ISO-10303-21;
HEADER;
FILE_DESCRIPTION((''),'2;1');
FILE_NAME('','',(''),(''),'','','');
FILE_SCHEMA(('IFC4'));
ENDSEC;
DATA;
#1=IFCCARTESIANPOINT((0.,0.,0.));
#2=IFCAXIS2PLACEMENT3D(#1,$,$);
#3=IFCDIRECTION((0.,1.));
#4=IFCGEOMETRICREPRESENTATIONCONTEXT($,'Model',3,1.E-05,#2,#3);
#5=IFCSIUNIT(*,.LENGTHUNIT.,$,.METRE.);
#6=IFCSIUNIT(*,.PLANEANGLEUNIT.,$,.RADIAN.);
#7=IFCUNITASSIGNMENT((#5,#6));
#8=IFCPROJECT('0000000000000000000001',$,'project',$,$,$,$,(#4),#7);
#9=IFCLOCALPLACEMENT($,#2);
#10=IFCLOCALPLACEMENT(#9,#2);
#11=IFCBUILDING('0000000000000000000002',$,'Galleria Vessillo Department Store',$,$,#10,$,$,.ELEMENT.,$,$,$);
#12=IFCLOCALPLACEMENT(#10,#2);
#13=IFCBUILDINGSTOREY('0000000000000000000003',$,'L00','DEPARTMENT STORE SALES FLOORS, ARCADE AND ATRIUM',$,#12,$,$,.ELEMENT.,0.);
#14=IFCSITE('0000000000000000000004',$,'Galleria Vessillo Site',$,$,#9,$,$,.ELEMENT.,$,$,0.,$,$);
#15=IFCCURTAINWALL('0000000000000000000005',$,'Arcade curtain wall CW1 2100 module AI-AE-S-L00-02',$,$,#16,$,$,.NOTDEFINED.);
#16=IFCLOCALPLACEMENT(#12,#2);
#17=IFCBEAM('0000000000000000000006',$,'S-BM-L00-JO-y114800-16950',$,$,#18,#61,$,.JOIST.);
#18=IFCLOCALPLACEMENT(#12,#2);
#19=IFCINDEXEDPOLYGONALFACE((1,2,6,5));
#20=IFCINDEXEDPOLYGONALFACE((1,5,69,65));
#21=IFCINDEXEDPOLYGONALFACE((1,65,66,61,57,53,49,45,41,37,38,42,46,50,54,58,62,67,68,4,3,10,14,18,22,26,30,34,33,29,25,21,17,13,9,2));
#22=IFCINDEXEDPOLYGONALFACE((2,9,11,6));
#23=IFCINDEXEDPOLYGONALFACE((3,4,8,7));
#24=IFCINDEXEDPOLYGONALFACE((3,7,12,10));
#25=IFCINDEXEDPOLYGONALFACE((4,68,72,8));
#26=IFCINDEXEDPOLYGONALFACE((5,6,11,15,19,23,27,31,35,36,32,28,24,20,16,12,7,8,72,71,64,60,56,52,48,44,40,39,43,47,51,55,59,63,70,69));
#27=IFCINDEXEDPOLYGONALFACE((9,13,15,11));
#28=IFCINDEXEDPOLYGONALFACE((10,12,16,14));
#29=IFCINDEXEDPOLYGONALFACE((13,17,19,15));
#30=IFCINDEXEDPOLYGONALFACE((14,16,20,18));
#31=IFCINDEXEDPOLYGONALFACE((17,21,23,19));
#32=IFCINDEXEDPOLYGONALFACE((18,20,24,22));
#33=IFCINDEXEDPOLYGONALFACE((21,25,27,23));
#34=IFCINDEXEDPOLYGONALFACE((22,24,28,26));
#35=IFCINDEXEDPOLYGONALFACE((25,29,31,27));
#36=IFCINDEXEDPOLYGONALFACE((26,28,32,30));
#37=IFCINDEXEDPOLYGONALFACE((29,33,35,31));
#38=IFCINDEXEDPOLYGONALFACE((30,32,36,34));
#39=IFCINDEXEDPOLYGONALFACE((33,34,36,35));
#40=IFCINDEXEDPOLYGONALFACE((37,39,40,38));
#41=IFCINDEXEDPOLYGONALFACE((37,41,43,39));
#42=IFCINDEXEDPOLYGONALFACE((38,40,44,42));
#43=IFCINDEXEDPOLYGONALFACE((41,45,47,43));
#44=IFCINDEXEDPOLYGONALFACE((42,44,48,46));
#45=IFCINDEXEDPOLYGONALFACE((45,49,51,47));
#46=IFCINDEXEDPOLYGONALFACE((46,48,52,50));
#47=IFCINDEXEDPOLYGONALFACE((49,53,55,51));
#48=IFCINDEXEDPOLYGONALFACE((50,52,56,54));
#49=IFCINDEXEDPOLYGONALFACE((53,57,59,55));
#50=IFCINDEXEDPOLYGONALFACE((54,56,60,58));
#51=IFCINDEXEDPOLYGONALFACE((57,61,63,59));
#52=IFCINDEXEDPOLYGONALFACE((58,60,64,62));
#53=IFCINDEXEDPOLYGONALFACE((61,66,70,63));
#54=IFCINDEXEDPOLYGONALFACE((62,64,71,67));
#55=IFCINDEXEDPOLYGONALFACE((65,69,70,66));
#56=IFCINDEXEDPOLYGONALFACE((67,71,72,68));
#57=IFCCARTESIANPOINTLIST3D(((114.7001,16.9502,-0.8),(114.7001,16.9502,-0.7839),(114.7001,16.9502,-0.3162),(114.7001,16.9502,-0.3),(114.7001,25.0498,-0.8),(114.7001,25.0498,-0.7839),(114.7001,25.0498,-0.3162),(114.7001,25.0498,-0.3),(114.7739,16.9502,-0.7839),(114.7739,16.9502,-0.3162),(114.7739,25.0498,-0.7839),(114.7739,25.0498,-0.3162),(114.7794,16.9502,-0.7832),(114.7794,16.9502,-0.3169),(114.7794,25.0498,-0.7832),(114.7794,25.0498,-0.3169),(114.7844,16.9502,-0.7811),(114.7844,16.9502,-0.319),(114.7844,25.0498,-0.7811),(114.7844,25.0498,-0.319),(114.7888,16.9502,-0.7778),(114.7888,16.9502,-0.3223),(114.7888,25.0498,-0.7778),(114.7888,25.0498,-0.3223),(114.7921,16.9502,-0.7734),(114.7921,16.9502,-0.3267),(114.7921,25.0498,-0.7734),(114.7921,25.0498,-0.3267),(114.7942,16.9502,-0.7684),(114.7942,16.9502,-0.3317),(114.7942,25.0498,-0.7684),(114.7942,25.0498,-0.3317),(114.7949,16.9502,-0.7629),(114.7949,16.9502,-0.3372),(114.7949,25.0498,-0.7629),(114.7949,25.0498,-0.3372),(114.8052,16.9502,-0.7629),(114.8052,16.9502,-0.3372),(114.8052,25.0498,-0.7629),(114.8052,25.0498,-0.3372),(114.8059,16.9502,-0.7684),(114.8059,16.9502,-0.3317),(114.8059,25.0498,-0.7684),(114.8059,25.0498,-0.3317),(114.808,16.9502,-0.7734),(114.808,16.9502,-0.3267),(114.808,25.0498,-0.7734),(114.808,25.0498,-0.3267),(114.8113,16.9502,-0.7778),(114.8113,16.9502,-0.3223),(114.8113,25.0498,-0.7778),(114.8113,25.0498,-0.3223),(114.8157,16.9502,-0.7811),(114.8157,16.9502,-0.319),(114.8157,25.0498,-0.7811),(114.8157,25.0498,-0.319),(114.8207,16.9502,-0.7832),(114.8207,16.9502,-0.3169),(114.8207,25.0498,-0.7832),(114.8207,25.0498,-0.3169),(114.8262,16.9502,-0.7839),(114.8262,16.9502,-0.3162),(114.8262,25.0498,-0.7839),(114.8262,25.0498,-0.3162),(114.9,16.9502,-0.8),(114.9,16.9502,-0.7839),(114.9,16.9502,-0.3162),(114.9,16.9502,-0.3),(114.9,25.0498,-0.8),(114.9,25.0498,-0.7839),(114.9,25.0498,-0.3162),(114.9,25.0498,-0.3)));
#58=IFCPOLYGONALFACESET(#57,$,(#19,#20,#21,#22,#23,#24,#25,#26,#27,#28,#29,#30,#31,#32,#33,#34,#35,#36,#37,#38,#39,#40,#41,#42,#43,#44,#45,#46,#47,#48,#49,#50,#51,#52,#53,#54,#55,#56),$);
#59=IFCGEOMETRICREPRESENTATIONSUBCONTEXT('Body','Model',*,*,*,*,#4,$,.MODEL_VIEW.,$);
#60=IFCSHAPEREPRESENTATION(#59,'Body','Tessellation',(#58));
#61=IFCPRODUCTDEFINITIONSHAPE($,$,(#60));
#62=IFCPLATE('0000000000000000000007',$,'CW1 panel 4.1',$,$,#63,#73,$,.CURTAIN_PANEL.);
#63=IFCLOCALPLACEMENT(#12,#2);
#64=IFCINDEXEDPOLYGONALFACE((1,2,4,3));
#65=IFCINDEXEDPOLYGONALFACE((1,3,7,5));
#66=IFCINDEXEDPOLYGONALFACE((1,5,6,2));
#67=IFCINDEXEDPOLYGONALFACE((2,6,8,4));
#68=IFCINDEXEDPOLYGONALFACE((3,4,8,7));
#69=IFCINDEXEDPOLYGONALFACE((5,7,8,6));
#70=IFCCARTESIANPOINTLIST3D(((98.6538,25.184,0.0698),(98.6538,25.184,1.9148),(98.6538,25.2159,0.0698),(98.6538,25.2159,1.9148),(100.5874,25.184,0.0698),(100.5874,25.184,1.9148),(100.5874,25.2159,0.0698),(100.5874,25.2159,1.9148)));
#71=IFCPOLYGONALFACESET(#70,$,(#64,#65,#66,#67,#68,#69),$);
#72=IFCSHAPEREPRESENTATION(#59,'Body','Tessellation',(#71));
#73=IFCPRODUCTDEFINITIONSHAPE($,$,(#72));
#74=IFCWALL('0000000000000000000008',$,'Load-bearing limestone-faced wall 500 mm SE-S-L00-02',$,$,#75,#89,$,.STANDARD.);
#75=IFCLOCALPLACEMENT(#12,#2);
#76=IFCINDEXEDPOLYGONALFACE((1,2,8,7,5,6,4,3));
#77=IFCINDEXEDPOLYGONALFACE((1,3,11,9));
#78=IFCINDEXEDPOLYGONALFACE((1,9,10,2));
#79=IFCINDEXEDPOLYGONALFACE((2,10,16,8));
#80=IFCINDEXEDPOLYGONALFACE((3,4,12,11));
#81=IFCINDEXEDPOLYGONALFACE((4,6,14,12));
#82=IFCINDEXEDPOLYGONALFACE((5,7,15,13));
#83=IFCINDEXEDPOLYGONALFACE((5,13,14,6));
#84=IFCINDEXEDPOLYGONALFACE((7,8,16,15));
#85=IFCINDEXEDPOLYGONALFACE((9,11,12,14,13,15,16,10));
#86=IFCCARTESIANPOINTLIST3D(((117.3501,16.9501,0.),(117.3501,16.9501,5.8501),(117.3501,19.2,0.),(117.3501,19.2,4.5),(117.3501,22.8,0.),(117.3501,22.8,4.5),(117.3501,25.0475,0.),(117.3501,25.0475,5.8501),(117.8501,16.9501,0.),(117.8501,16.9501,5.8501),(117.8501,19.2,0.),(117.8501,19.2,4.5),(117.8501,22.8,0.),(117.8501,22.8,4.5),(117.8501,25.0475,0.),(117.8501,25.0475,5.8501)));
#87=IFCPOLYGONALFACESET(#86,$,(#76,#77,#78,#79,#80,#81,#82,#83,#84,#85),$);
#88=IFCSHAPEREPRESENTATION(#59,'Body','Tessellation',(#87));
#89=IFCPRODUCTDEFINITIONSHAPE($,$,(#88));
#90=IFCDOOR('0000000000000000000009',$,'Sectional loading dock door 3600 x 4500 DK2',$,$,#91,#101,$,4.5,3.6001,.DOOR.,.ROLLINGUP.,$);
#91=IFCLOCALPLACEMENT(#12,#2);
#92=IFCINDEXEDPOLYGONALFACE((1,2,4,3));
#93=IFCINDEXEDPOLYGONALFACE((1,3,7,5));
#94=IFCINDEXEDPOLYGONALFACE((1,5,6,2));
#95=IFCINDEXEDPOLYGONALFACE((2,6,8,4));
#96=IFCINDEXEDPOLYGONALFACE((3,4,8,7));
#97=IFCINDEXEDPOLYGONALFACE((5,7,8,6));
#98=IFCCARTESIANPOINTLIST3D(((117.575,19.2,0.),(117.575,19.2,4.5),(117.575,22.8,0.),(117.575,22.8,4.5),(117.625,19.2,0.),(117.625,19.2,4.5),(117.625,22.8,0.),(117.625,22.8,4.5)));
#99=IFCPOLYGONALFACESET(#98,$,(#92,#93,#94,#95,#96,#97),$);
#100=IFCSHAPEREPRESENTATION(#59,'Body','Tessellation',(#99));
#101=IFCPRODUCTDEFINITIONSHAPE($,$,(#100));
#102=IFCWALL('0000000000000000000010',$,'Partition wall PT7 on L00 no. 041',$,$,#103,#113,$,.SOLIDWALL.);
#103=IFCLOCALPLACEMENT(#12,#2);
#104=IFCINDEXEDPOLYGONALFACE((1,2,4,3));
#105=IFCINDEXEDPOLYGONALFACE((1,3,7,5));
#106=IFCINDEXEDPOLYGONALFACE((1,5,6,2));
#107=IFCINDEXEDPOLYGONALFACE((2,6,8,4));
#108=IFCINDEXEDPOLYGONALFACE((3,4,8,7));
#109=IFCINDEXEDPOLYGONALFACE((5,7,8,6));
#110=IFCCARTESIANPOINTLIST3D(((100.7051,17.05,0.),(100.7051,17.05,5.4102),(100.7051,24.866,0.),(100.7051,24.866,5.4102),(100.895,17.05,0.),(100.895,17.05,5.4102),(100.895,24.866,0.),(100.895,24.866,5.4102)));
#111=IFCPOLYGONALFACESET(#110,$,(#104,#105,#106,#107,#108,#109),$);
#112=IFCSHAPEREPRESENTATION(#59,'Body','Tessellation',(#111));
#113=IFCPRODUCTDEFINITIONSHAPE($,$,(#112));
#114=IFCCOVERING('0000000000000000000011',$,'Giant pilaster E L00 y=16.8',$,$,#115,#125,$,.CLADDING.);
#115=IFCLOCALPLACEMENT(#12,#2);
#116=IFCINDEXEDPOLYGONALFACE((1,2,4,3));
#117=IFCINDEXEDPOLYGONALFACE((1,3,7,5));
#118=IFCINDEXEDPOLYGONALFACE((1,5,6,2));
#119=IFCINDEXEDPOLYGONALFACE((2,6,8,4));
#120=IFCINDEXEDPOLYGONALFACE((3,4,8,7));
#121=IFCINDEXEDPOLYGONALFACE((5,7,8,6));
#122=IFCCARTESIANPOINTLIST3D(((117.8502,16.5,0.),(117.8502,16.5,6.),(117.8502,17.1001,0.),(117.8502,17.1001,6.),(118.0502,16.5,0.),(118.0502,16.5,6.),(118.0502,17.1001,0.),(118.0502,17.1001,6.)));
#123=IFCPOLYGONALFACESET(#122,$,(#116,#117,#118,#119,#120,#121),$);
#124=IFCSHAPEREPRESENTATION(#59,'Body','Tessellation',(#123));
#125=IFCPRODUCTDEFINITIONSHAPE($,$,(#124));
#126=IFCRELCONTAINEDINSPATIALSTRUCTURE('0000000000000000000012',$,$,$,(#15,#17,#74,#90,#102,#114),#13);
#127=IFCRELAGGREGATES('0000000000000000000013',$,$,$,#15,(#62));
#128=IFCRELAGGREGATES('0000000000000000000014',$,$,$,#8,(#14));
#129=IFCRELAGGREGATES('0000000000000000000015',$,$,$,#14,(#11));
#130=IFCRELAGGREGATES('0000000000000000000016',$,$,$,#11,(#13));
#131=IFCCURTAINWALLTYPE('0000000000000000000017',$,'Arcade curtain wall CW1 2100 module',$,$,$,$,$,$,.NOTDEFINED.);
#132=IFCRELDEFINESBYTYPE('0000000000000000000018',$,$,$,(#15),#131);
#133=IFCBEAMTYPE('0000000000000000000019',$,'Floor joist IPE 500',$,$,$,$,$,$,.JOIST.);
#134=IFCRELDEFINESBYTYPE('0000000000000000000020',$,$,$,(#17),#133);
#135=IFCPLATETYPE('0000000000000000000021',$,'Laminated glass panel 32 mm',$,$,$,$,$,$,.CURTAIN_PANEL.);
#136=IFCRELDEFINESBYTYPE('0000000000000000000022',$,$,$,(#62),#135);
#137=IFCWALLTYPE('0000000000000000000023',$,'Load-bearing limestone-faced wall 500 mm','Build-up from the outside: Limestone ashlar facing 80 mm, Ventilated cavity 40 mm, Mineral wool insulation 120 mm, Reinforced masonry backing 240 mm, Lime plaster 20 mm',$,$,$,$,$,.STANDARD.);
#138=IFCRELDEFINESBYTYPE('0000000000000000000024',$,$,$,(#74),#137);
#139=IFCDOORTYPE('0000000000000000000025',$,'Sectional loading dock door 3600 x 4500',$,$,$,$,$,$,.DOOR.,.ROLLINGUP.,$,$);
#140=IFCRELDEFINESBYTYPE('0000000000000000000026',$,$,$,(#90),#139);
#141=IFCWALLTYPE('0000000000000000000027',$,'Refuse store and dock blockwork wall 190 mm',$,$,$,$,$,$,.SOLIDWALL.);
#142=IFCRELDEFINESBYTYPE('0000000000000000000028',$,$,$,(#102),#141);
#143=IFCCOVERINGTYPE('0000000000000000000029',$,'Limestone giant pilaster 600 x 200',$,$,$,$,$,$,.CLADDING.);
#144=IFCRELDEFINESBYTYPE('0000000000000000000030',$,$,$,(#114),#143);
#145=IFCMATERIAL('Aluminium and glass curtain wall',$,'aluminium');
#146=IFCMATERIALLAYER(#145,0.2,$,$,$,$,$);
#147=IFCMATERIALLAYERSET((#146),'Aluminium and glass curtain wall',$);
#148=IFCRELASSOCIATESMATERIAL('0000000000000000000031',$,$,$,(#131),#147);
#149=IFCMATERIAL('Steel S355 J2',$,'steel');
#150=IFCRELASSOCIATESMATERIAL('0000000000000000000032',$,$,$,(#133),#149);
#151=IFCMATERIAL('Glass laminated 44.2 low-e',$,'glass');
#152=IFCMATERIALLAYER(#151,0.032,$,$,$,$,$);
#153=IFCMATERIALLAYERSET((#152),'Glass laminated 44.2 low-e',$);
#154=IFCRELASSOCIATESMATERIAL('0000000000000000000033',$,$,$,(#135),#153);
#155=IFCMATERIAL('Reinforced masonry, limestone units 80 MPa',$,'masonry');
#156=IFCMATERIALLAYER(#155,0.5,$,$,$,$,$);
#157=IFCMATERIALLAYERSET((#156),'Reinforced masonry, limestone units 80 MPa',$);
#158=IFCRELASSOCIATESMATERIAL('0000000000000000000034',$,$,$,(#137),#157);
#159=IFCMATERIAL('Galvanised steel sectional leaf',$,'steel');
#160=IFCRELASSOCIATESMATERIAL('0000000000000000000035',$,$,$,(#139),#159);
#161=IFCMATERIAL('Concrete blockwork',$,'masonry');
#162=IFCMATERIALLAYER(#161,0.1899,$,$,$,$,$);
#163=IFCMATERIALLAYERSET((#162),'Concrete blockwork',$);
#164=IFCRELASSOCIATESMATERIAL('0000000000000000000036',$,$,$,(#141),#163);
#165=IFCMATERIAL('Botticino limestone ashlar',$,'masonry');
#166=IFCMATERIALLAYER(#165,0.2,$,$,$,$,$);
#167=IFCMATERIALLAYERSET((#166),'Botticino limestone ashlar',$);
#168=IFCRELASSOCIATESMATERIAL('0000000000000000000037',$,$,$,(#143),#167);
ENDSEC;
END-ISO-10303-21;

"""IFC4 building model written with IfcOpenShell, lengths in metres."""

from ifc_helpers import new_model, si_unit, direction, frame, frame_2d, origin, origin_2d, place, context, subcontext, project, spatial, rectangle, i_section, extrude, material, layer, layer_set, material_profile, profile_set, type_object, element, fill, aggregate, save


model = new_model("IFC4")

# Units and contexts
model_context = context("Model", 3, precision=1e-05, world=origin(), true_north=direction((0.0, 1.0)))
body_context = subcontext(model_context, "Body", "Model", "MODEL_VIEW")
ifc_project = project(units=[si_unit("LENGTHUNIT", "METRE"), si_unit("PLANEANGLEUNIT", "RADIAN")], contexts=[model_context])

# Site, building, storey
site_placement = place(None, origin())
site = spatial("IfcSite", under=ifc_project, at=site_placement, Name="Galleria Vessillo Site", CompositionType="ELEMENT", RefElevation=0.0)
building_placement = place(site_placement, origin())
building = spatial("IfcBuilding", under=site, at=building_placement, Name="Galleria Vessillo Department Store", CompositionType="ELEMENT")
storey_placement = place(building_placement, origin())
storey = spatial("IfcBuildingStorey", under=building, at=storey_placement, Name="L00", Description="DEPARTMENT STORE SALES FLOORS, ARCADE AND ATRIUM", CompositionType="ELEMENT", Elevation=0.0)

# Curtain wall
ifc_material_1 = material(Name="Aluminium and glass curtain wall", Category="aluminium")
ifc_layer_1 = layer(ifc_material_1, 0.2)
ifc_layer_set_1 = layer_set([ifc_layer_1], Name="Aluminium and glass curtain wall")
curtain_wall_type = type_object("IfcCurtainWallType", Name="Arcade curtain wall CW1 2100 module", PredefinedType="NOTDEFINED", material=ifc_layer_set_1)
curtain_wall_placement = place(storey_placement, origin())
curtain_wall = element("IfcCurtainWall", 1, at=curtain_wall_placement, inside=storey, type_object=curtain_wall_type, Name="Arcade curtain wall CW1 2100 module AI-AE-S-L00-02", PredefinedType="NOTDEFINED")

# Beam
ifc_material_2 = material(Name="Steel S355 J2", Category="steel")
ifc_material_profile_1 = material_profile(ifc_material_2, i_section(OverallWidth=0.2, OverallDepth=0.5, WebThickness=0.0103, FlangeThickness=0.0161, FilletRadius=0.021, at=origin_2d()), Name="IPE 500")
ifc_profile_set_1 = profile_set([ifc_material_profile_1], Name="Steel S355 J2")
beam_type_1 = type_object("IfcBeamType", Name="Floor joist IPE 500", PredefinedType="JOIST", material=ifc_profile_set_1)
for number, where, z_axis, x_axis, name in (
    (2, (114.8, 16.9502, -0.55), (0.0, 1.0, 0.0), (-1.0, 0.0, 0.0), "S-BM-L00-JO-y114800-16950"),
):
    element("IfcBeam", number, at=place(storey_placement, frame(where, z_axis=z_axis, x_axis=x_axis)), inside=storey, type_object=beam_type_1, Name=name, PredefinedType="JOIST", context=body_context, shape_type="SweptSolid", body=[
        extrude(i_section(OverallWidth=0.2, OverallDepth=0.5, WebThickness=0.0103, FlangeThickness=0.0161, FilletRadius=0.021, at=origin_2d()), origin(), (0.0, 0.0, 1.0), 8.0996),
    ])

# Plate
ifc_material_3 = material(Name="Glass laminated 44.2 low-e", Category="glass")
ifc_layer_2 = layer(ifc_material_3, 0.032)
ifc_layer_set_2 = layer_set([ifc_layer_2], Name="Glass laminated 44.2 low-e")
plate_type = type_object("IfcPlateType", Name="Laminated glass panel 32 mm", PredefinedType="CURTAIN_PANEL", material=ifc_layer_set_2)
plate_placement = place(storey_placement, frame((99.6206, 25.2, 0.0698), z_axis=(0.0, 0.0, 1.0), x_axis=(1.0, 0.0, 0.0)))
plate = element("IfcPlate", 3, at=plate_placement, type_object=plate_type, Name="CW1 panel 4.1", PredefinedType="CURTAIN_PANEL", context=body_context, shape_type="SweptSolid", body=[
    extrude(rectangle(XDim=1.9336, YDim=0.032, at=origin_2d()), origin(), (0.0, 0.0, 1.0), 1.845),
])
aggregate(curtain_wall, [plate])

# Wall, opening, door
ifc_material_4 = material(Name="Reinforced masonry, limestone units 80 MPa", Category="masonry")
ifc_layer_3 = layer(ifc_material_4, 0.5)
ifc_layer_set_3 = layer_set([ifc_layer_3], Name="Reinforced masonry, limestone units 80 MPa")
wall_type_1 = type_object("IfcWallType", Name="Load-bearing limestone-faced wall 500 mm", Description="Build-up from the outside: Limestone ashlar facing 80 mm, Ventilated cavity 40 mm, Mineral wool insulation 120 mm, Reinforced masonry backing 240 mm, Lime plaster 20 mm", PredefinedType="STANDARD", material=ifc_layer_set_3)
wall_1_placement = place(storey_placement, frame((117.6001, 16.95, 0.0), z_axis=(0.0, 0.0, 1.0), x_axis=(0.0, 1.0, 0.0)))
wall_1 = element("IfcWall", 4, at=wall_1_placement, inside=storey, type_object=wall_type_1, Name="Load-bearing limestone-faced wall 500 mm SE-S-L00-02", PredefinedType="STANDARD", context=body_context, shape_type="SweptSolid", body=[
    extrude(rectangle(XDim=8.0974, YDim=0.5, at=frame_2d((4.0488, 0.0))), origin(), (0.0, 0.0, 1.0), 5.8501),
])
opening_placement = place(wall_1_placement, frame((2.25, 0.0, 0.0)))
opening = element("IfcOpeningElement", 5, at=opening_placement, cuts=wall_1, PredefinedType="OPENING", context=body_context, shape_type="SweptSolid", body=[
    extrude(rectangle(XDim=3.6001, YDim=4.5, at=frame_2d((1.8, 2.25))), frame((0.0, 0.26, 0.0), z_axis=(0.0, -1.0, 0.0), x_axis=(1.0, 0.0, 0.0)), (0.0, 0.0, 1.0), 0.52),
])
ifc_material_5 = material(Name="Galvanised steel sectional leaf", Category="steel")
door_type = type_object("IfcDoorType", Name="Sectional loading dock door 3600 x 4500", OperationType="ROLLINGUP", PredefinedType="DOOR", material=ifc_material_5)
door_placement = place(opening_placement, frame((3.6001, 0.0, 0.0), z_axis=(0.0, 0.0, 1.0), x_axis=(-1.0, 0.0, 0.0)))
door = element("IfcDoor", 6, at=door_placement, inside=storey, type_object=door_type, Name="Sectional loading dock door 3600 x 4500 DK2", OperationType="ROLLINGUP", OverallHeight=4.5, OverallWidth=3.6001, PredefinedType="DOOR", context=body_context, shape_type="SweptSolid", body=[
    extrude(rectangle(XDim=3.6001, YDim=4.5, at=frame_2d((1.8, 2.25))), frame((0.0, 0.0249, 0.0), z_axis=(0.0, -1.0, 0.0), x_axis=(1.0, 0.0, 0.0)), (0.0, 0.0, 1.0), 0.05),
])
fill(opening, door)

# Wall
ifc_material_6 = material(Name="Concrete blockwork", Category="masonry")
ifc_layer_4 = layer(ifc_material_6, 0.1899)
ifc_layer_set_4 = layer_set([ifc_layer_4], Name="Concrete blockwork")
wall_type_2 = type_object("IfcWallType", Name="Refuse store and dock blockwork wall 190 mm", PredefinedType="SOLIDWALL", material=ifc_layer_set_4)
wall_2_placement = place(storey_placement, frame((100.8, 17.05, 0.0), z_axis=(0.0, 0.0, 1.0), x_axis=(0.0, 1.0, 0.0)))
element("IfcWall", 7, at=wall_2_placement, inside=storey, type_object=wall_type_2, Name="Partition wall PT7 on L00 no. 041", PredefinedType="SOLIDWALL", context=body_context, shape_type="SweptSolid", body=[
    extrude(rectangle(XDim=7.8159, YDim=0.1899, at=frame_2d((3.908, 0.0))), origin(), (0.0, 0.0, 1.0), 5.4102),
])

# Covering
ifc_material_7 = material(Name="Botticino limestone ashlar", Category="masonry")
ifc_layer_5 = layer(ifc_material_7, 0.2)
ifc_layer_set_5 = layer_set([ifc_layer_5], Name="Botticino limestone ashlar")
covering_type = type_object("IfcCoveringType", Name="Limestone giant pilaster 600 x 200", PredefinedType="CLADDING", material=ifc_layer_set_5)
covering_placement = place(storey_placement, frame((117.9502, 16.8, 0.0), z_axis=(0.0, 0.0, 1.0), x_axis=(1.0, 0.0, 0.0)))
element("IfcCovering", 8, at=covering_placement, inside=storey, type_object=covering_type, Name="Giant pilaster E L00 y=16.8", PredefinedType="CLADDING", context=body_context, shape_type="SweptSolid", body=[
    extrude(rectangle(XDim=0.2, YDim=0.6001, at=origin_2d()), origin(), (0.0, 0.0, 1.0), 6.0),
])

save(model, "model.ifc")
